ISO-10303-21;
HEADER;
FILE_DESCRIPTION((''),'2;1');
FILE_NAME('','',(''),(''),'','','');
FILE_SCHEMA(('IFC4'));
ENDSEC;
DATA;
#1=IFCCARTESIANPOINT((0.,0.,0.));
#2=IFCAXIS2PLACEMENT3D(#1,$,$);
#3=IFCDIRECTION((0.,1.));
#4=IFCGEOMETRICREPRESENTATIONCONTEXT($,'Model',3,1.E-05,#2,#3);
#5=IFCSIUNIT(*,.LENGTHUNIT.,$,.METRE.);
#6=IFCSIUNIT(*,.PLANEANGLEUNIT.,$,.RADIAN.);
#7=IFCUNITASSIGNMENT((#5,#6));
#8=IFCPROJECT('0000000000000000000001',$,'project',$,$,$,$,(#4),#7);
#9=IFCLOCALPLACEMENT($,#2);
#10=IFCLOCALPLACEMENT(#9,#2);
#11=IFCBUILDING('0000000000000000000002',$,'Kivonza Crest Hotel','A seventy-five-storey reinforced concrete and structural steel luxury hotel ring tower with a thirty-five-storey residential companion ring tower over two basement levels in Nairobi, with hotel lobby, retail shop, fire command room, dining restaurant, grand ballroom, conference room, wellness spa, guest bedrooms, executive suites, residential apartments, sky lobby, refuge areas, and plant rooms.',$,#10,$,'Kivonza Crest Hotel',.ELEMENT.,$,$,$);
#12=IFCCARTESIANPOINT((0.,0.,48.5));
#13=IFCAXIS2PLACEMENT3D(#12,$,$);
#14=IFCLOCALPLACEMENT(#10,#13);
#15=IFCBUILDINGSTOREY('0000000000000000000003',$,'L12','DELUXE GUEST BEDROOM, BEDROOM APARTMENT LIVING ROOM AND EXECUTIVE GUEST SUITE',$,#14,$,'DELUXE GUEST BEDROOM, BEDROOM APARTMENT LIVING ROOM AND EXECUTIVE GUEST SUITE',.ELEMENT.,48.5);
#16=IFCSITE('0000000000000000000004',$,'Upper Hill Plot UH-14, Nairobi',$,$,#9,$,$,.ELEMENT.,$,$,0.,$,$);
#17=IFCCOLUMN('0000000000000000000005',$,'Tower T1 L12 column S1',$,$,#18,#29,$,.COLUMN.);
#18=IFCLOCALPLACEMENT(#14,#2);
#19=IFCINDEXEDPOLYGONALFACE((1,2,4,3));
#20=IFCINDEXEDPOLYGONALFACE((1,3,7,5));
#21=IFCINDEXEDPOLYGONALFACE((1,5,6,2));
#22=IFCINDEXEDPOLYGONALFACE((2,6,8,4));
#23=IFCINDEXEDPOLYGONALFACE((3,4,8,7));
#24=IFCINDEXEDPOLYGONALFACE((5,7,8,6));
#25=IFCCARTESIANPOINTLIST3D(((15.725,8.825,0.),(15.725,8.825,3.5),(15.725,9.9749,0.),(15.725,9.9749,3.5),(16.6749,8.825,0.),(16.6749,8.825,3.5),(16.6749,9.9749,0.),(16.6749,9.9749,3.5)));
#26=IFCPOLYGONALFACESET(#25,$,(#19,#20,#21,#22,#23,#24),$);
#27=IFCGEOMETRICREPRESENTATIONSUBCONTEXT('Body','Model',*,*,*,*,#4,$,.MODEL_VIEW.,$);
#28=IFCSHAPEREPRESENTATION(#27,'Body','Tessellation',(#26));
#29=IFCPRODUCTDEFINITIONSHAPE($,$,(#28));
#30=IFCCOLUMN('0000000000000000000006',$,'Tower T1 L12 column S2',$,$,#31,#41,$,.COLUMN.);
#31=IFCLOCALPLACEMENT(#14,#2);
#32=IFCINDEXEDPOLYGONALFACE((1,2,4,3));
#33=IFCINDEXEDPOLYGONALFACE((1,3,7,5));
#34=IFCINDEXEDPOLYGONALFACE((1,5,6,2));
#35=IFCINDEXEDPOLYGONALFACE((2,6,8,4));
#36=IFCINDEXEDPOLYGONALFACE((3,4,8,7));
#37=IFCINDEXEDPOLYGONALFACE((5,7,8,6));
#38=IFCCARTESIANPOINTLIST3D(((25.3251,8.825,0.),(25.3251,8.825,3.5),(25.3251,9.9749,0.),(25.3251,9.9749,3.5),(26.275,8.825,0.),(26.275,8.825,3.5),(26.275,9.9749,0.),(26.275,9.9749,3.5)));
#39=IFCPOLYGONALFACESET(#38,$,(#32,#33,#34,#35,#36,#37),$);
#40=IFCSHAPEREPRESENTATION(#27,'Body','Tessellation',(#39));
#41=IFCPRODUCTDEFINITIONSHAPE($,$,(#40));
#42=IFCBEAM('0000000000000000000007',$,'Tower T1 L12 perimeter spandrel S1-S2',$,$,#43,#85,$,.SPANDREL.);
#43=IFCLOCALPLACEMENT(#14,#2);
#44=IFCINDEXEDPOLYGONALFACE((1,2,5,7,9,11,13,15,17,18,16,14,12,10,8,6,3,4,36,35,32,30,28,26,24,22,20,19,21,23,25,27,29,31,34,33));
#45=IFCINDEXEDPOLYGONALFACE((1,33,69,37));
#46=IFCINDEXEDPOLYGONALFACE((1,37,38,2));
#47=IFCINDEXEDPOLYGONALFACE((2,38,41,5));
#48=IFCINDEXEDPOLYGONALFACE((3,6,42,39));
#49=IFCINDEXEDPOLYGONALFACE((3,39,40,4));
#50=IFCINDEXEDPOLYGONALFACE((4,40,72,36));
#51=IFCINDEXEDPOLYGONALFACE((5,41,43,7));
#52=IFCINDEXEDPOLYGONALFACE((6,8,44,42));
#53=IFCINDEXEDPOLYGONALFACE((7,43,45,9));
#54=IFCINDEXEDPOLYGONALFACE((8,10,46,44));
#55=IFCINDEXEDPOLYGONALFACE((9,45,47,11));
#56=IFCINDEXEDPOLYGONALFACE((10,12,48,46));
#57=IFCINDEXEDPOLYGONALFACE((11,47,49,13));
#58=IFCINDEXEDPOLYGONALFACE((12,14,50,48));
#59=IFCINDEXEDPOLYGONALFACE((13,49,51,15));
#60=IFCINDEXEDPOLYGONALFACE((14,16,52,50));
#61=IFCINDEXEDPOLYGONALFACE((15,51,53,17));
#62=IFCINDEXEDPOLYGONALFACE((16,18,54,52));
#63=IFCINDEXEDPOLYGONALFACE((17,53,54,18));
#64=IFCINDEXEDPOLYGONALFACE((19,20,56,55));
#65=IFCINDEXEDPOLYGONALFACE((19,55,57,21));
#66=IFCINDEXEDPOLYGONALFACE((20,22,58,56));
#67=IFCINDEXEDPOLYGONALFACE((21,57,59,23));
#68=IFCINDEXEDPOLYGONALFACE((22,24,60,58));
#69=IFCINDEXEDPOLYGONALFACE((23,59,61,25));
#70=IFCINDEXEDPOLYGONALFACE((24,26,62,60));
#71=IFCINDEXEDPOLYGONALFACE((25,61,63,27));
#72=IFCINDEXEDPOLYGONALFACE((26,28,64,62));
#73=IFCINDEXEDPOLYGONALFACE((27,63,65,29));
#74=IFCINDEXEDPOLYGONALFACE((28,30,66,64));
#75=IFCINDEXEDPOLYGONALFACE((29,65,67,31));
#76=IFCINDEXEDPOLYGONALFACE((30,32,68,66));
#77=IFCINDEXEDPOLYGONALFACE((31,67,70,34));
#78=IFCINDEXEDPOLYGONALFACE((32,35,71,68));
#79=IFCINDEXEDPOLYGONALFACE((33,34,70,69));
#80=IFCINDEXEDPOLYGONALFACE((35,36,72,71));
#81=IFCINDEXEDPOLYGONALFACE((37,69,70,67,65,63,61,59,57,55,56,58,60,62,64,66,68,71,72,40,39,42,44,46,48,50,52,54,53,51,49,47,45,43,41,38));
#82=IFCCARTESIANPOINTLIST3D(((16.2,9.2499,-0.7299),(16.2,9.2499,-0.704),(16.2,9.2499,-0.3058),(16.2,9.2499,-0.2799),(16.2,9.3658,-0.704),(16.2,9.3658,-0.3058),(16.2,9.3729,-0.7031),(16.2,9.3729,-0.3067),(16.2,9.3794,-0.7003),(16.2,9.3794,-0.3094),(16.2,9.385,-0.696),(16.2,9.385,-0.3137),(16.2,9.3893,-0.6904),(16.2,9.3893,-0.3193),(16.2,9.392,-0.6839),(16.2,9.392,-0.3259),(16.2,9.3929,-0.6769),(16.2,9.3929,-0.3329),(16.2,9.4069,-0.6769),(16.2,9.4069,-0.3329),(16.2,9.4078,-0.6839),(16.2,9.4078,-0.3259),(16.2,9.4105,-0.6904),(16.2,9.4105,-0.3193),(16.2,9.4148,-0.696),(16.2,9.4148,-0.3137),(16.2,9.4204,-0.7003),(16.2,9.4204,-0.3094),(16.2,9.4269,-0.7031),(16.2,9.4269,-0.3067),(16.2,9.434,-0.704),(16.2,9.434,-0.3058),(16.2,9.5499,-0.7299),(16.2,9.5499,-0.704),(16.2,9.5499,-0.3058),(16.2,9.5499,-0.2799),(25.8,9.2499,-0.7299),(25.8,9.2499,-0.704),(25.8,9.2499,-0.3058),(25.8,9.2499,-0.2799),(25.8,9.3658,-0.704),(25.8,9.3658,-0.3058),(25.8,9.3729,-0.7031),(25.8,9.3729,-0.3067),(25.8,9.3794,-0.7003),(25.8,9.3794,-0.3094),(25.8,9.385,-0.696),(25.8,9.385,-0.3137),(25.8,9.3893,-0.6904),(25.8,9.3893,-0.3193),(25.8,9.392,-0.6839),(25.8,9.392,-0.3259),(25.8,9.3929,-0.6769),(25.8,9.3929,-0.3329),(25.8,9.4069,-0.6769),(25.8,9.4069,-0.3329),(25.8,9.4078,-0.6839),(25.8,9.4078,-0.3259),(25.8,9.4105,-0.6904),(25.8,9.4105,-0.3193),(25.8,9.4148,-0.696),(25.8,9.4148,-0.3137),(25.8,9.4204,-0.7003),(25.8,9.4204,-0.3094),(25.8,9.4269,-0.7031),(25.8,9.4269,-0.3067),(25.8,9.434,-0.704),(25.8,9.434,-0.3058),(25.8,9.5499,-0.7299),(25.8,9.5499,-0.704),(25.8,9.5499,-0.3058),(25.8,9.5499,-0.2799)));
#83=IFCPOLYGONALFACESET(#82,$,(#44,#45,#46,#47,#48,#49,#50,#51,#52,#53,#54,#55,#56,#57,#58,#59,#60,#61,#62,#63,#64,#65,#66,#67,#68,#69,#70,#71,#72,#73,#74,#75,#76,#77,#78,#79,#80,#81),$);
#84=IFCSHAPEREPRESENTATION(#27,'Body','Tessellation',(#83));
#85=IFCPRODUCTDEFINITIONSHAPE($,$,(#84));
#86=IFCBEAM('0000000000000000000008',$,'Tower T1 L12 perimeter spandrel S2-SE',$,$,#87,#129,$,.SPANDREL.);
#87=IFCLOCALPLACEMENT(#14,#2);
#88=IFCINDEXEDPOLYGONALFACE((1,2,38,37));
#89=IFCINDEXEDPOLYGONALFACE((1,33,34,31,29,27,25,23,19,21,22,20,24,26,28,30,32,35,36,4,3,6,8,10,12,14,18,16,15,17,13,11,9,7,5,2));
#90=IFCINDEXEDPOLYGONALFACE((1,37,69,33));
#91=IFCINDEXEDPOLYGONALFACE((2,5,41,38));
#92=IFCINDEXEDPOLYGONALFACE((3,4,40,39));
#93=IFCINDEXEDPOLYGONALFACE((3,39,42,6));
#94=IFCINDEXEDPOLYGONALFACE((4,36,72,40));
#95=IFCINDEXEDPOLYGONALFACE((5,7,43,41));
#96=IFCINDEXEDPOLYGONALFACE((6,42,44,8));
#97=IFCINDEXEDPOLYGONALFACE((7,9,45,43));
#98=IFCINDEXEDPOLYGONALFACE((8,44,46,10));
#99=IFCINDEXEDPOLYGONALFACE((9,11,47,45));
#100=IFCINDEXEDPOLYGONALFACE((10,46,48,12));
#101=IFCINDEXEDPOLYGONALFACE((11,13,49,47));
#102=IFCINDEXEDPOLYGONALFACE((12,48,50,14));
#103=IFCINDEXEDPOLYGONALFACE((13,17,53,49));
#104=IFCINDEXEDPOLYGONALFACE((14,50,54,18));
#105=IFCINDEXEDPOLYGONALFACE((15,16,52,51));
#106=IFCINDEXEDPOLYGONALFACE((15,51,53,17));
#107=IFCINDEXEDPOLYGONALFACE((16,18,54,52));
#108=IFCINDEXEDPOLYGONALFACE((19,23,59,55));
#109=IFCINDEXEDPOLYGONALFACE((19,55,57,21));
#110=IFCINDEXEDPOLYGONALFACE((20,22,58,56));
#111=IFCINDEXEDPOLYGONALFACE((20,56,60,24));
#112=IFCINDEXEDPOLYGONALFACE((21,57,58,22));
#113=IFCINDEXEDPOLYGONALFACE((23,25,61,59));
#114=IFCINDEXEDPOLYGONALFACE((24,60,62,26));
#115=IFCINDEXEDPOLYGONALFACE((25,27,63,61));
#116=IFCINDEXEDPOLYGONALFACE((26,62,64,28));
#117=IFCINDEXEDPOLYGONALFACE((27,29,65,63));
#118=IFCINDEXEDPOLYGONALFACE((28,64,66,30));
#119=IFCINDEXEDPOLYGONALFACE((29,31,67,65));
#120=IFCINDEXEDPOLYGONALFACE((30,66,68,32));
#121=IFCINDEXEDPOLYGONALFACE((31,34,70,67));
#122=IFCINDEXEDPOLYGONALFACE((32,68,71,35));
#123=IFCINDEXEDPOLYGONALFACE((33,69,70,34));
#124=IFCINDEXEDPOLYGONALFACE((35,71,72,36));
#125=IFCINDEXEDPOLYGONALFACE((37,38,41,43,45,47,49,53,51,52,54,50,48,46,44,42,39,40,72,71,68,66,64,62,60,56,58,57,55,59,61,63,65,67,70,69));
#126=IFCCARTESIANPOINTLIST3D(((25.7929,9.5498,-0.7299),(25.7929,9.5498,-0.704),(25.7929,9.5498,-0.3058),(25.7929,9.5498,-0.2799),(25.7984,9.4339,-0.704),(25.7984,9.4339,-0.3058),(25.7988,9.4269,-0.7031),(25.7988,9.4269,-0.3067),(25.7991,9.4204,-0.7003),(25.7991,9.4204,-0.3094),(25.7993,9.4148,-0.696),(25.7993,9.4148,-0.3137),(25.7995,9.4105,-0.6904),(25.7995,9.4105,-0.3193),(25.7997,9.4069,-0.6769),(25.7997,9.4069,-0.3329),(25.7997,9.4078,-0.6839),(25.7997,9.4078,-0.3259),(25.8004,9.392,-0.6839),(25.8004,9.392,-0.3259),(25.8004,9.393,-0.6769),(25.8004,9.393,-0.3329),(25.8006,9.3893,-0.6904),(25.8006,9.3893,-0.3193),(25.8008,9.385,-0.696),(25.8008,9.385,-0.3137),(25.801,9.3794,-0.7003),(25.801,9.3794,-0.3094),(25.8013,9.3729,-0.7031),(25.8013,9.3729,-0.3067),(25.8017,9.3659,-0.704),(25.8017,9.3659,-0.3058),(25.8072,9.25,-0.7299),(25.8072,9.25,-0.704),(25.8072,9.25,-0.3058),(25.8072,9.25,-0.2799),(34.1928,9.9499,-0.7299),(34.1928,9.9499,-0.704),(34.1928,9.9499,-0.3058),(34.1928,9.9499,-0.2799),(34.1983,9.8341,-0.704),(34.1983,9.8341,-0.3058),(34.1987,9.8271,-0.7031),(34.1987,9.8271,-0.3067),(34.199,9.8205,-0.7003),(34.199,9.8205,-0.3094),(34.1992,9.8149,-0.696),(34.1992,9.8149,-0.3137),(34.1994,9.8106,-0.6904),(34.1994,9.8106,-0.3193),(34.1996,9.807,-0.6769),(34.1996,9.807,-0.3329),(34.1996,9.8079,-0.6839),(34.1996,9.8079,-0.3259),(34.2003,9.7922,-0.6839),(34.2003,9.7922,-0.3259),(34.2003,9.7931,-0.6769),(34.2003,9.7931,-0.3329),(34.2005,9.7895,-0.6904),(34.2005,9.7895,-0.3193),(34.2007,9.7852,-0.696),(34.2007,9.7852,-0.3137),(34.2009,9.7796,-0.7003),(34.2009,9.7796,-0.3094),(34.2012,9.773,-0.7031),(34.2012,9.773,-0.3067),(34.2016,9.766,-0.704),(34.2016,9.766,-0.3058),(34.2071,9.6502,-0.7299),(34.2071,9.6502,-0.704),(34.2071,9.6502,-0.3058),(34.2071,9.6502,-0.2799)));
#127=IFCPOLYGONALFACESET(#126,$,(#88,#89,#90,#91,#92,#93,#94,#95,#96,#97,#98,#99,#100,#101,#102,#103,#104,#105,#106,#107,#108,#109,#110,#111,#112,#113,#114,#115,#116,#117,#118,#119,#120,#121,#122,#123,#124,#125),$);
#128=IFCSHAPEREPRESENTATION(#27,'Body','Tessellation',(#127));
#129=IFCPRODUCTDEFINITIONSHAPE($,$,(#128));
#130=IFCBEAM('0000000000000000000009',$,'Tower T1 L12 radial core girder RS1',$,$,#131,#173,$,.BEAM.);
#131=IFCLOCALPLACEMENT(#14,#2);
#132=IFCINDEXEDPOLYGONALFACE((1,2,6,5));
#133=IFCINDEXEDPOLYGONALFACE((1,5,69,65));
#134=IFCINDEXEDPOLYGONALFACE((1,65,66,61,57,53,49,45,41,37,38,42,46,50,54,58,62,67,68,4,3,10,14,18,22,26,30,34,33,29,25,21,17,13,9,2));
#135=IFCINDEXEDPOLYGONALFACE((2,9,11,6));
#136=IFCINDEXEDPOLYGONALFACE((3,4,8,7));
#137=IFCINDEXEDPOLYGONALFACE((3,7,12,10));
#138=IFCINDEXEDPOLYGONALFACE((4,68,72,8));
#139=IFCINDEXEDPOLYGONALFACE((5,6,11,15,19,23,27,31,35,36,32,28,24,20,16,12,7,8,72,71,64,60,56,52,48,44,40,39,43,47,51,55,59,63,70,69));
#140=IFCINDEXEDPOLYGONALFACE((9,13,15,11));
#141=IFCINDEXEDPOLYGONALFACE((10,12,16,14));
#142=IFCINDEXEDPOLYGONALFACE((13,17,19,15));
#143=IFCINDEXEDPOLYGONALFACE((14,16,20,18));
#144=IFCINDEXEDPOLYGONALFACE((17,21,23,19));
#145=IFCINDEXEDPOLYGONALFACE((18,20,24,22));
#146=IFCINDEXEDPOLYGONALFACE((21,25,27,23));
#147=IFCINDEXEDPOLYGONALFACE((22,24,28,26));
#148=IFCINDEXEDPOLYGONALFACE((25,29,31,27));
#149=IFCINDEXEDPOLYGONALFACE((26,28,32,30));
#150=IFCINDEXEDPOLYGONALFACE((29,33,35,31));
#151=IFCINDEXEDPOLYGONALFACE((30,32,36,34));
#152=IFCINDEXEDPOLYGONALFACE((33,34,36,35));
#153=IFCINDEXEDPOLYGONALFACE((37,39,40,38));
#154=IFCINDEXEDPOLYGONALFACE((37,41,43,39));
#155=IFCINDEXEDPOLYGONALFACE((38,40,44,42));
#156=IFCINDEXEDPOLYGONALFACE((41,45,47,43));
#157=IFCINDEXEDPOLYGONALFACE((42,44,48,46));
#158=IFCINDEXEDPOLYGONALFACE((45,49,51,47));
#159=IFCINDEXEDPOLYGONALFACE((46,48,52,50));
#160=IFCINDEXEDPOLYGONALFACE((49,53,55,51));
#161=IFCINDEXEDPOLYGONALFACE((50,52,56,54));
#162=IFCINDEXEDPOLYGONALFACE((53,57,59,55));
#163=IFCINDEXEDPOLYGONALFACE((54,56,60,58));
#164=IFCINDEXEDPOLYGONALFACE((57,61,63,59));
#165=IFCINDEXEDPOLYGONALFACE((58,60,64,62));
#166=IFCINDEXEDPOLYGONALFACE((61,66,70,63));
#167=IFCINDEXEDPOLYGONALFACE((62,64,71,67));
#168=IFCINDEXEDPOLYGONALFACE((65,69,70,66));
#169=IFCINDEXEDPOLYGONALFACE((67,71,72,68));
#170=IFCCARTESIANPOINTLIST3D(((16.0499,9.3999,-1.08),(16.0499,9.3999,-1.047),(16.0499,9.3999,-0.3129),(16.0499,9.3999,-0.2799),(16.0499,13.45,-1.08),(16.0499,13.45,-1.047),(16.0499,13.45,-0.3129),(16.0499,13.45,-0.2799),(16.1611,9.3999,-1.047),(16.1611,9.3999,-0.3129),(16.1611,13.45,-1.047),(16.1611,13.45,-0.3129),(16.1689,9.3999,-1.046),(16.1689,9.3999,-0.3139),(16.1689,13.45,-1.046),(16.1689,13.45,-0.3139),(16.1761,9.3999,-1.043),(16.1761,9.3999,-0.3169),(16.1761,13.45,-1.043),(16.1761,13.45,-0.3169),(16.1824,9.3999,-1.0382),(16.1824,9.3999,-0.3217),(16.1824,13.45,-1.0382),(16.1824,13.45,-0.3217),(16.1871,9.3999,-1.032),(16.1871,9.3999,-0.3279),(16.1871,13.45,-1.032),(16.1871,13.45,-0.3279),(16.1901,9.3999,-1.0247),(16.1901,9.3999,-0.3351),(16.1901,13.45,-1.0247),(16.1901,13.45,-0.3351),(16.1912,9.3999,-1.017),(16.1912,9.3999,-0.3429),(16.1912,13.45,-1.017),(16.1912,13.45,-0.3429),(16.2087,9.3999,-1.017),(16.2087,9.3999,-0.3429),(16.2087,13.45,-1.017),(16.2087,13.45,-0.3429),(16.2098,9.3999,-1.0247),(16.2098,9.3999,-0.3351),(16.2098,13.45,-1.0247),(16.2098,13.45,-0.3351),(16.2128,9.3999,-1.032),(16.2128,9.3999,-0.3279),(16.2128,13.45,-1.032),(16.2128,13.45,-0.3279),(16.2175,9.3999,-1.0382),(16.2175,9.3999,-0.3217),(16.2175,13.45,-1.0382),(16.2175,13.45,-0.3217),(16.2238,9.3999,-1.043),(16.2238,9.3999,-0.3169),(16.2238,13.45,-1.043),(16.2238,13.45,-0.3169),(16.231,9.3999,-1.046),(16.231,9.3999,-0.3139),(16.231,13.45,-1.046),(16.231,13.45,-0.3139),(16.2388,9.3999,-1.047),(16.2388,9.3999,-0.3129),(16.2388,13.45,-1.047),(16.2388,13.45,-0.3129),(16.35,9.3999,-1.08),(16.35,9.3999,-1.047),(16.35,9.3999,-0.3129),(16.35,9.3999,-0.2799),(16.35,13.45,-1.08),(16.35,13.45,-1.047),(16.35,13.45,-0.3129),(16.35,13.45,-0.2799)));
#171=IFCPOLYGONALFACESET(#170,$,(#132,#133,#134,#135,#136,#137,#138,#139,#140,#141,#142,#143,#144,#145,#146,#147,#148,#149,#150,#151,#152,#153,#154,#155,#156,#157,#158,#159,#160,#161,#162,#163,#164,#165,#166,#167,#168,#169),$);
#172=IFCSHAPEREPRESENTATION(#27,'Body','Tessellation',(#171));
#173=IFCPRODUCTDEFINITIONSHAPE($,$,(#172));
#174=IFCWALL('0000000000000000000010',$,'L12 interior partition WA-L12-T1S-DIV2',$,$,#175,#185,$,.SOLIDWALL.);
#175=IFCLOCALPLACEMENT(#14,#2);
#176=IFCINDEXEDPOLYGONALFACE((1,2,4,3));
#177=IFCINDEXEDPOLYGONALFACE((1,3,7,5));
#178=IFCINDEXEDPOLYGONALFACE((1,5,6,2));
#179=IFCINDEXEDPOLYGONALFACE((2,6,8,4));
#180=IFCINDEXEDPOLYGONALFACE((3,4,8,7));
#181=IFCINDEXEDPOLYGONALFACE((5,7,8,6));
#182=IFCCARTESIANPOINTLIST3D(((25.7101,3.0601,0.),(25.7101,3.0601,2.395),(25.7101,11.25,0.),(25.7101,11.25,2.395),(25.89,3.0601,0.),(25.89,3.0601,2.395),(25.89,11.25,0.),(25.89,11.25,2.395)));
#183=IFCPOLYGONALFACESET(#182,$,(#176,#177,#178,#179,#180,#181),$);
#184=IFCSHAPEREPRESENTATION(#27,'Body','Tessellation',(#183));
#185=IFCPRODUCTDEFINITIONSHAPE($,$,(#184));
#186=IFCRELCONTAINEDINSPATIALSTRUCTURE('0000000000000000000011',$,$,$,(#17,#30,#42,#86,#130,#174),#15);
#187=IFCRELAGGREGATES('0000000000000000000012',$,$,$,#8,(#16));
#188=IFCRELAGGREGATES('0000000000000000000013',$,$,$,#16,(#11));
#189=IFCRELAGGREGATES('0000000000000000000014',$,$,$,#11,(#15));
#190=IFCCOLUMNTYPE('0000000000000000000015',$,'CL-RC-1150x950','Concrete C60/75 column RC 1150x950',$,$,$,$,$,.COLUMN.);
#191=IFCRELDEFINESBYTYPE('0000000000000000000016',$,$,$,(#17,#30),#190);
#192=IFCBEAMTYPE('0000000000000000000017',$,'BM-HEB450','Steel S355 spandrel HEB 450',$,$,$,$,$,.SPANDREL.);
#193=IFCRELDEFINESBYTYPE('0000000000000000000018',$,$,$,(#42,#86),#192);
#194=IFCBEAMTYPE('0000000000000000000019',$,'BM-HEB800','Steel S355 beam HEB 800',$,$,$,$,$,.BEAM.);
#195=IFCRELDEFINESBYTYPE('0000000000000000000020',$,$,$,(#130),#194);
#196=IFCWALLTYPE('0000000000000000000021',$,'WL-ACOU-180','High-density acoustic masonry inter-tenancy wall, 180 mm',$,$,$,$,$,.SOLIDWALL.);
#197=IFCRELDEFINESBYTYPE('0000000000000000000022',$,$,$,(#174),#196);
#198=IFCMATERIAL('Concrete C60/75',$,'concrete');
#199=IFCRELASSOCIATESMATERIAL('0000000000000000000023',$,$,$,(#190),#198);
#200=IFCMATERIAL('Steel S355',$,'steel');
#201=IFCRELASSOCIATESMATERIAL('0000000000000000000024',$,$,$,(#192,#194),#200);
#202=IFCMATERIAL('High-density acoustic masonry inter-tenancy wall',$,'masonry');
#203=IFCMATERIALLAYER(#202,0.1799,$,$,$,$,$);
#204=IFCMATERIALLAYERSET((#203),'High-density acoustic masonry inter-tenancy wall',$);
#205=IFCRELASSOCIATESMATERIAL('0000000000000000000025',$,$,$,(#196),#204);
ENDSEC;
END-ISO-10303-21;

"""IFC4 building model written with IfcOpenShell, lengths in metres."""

from ifc_helpers import new_model, si_unit, direction, frame, frame_2d, origin, origin_2d, place, context, subcontext, project, spatial, rectangle, i_section, extrude, material, layer, layer_set, material_profile, profile_set, type_object, element, save


model = new_model("IFC4")

# Units and contexts
model_context = context("Model", 3, precision=1e-05, world=origin(), true_north=direction((0.0, 1.0)))
body_context = subcontext(model_context, "Body", "Model", "MODEL_VIEW")
ifc_project = project(units=[si_unit("LENGTHUNIT", "METRE"), si_unit("PLANEANGLEUNIT", "RADIAN")], contexts=[model_context])

# Site, building, storey
site_placement = place(None, origin())
site = spatial("IfcSite", under=ifc_project, at=site_placement, Name="Upper Hill Plot UH-14, Nairobi", CompositionType="ELEMENT", RefElevation=0.0)
building_placement = place(site_placement, origin())
building = spatial("IfcBuilding", under=site, at=building_placement, Name="Kivonza Crest Hotel", Description="A seventy-five-storey reinforced concrete and structural steel luxury hotel ring tower with a thirty-five-storey residential companion ring tower over two basement levels in Nairobi, with hotel lobby, retail shop, fire command room, dining restaurant, grand ballroom, conference room, wellness spa, guest bedrooms, executive suites, residential apartments, sky lobby, refuge areas, and plant rooms.", LongName="Kivonza Crest Hotel", CompositionType="ELEMENT")
storey_placement = place(building_placement, frame((0.0, 0.0, 48.5)))
storey = spatial("IfcBuildingStorey", under=building, at=storey_placement, Name="L12", Description="DELUXE GUEST BEDROOM, BEDROOM APARTMENT LIVING ROOM AND EXECUTIVE GUEST SUITE", LongName="DELUXE GUEST BEDROOM, BEDROOM APARTMENT LIVING ROOM AND EXECUTIVE GUEST SUITE", CompositionType="ELEMENT", Elevation=48.5)

# Columns
ifc_material_1 = material(Name="Concrete C60/75", Category="concrete")
ifc_material_profile_1 = material_profile(ifc_material_1, rectangle(XDim=0.95, YDim=1.1499, at=origin_2d()), Name="RC 1150x950")
ifc_profile_set_1 = profile_set([ifc_material_profile_1], Name="Concrete C60/75")
column_type = type_object("IfcColumnType", Name="CL-RC-1150x950", Description="Concrete C60/75 column RC 1150x950", PredefinedType="COLUMN", material=ifc_profile_set_1)
for number, where, z_axis, x_axis, name in (
    (1, (16.2, 9.3999, 0.0), (0.0, 0.0, 1.0), (1.0, 0.0, 0.0), "Tower T1 L12 column S1"),
    (2, (25.8, 9.3999, 0.0), (0.0, 0.0, 1.0), (1.0, 0.0, 0.0), "Tower T1 L12 column S2"),
):
    element("IfcColumn", number, at=place(storey_placement, frame(where, z_axis=z_axis, x_axis=x_axis)), inside=storey, type_object=column_type, Name=name, PredefinedType="COLUMN", context=body_context, shape_type="SweptSolid", body=[
        extrude(rectangle(XDim=0.95, YDim=1.1499, at=origin_2d()), origin(), (0.0, 0.0, 1.0), 3.5),
    ])

# Beams
ifc_material_2 = material(Name="Steel S355", Category="steel")
ifc_material_profile_2 = material_profile(ifc_material_2, i_section(OverallWidth=0.3, OverallDepth=0.45, WebThickness=0.0139, FlangeThickness=0.0259, FilletRadius=0.0271, at=origin_2d()), Name="HEB 450")
ifc_profile_set_2 = profile_set([ifc_material_profile_2], Name="Steel S355")
beam_type_1 = type_object("IfcBeamType", Name="BM-HEB450", Description="Steel S355 spandrel HEB 450", PredefinedType="SPANDREL", material=ifc_profile_set_2)
beam_1_placement = place(storey_placement, frame((16.2, 9.3999, -0.5049), z_axis=(1.0, 0.0, 0.0), x_axis=(0.0, 1.0, 0.0)))
element("IfcBeam", 3, at=beam_1_placement, inside=storey, type_object=beam_type_1, Name="Tower T1 L12 perimeter spandrel S1-S2", PredefinedType="SPANDREL", context=body_context, shape_type="SweptSolid", body=[
    extrude(i_section(OverallWidth=0.3, OverallDepth=0.45, WebThickness=0.0139, FlangeThickness=0.0259, FilletRadius=0.0271, at=origin_2d()), origin(), (0.0, 0.0, 1.0), 9.6001),
])
beam_2_placement = place(storey_placement, frame((25.8, 9.3999, -0.5049), z_axis=(0.998867, 0.047583, 0.0), x_axis=(-0.047583, 0.998867, 0.0)))
element("IfcBeam", 4, at=beam_2_placement, inside=storey, type_object=beam_type_1, Name="Tower T1 L12 perimeter spandrel S2-SE", PredefinedType="SPANDREL", context=body_context, shape_type="SweptSolid", body=[
    extrude(i_section(OverallWidth=0.3, OverallDepth=0.45, WebThickness=0.0139, FlangeThickness=0.0259, FilletRadius=0.0271, at=origin_2d()), origin(), (0.0, 0.0, 1.0), 8.4094),
])
ifc_material_profile_3 = material_profile(ifc_material_2, i_section(OverallWidth=0.3, OverallDepth=0.8, WebThickness=0.0176, FlangeThickness=0.033, FilletRadius=0.03, at=origin_2d()), Name="HEB 800")
ifc_profile_set_3 = profile_set([ifc_material_profile_3], Name="Steel S355")
beam_type_2 = type_object("IfcBeamType", Name="BM-HEB800", Description="Steel S355 beam HEB 800", PredefinedType="BEAM", material=ifc_profile_set_3)
beam_3_placement = place(storey_placement, frame((16.2, 9.3999, -0.6799), z_axis=(0.0, 1.0, 0.0), x_axis=(-1.0, 0.0, 0.0)))
element("IfcBeam", 5, at=beam_3_placement, inside=storey, type_object=beam_type_2, Name="Tower T1 L12 radial core girder RS1", PredefinedType="BEAM", context=body_context, shape_type="SweptSolid", body=[
    extrude(i_section(OverallWidth=0.3, OverallDepth=0.8, WebThickness=0.0176, FlangeThickness=0.033, FilletRadius=0.03, at=origin_2d()), origin(), (0.0, 0.0, 1.0), 4.05),
])

# Wall
ifc_material_3 = material(Name="High-density acoustic masonry inter-tenancy wall", Category="masonry")
ifc_layer_1 = layer(ifc_material_3, 0.1799)
ifc_layer_set_1 = layer_set([ifc_layer_1], Name="High-density acoustic masonry inter-tenancy wall")
wall_type_1 = type_object("IfcWallType", Name="WL-ACOU-180", Description="High-density acoustic masonry inter-tenancy wall, 180 mm", PredefinedType="SOLIDWALL", material=ifc_layer_set_1)
wall_1_placement = place(storey_placement, frame((25.8, 3.0601, 0.0), z_axis=(0.0, 0.0, 1.0), x_axis=(0.0, 1.0, 0.0)))
element("IfcWall", 6, at=wall_1_placement, inside=storey, type_object=wall_type_1, Name="L12 interior partition WA-L12-T1S-DIV2", PredefinedType="SOLIDWALL", context=body_context, shape_type="SweptSolid", body=[
    extrude(rectangle(XDim=8.1899, YDim=0.1799, at=frame_2d((4.095, 0.0))), origin(), (0.0, 0.0, 1.0), 2.395),
])

save(model, "model.ifc")
